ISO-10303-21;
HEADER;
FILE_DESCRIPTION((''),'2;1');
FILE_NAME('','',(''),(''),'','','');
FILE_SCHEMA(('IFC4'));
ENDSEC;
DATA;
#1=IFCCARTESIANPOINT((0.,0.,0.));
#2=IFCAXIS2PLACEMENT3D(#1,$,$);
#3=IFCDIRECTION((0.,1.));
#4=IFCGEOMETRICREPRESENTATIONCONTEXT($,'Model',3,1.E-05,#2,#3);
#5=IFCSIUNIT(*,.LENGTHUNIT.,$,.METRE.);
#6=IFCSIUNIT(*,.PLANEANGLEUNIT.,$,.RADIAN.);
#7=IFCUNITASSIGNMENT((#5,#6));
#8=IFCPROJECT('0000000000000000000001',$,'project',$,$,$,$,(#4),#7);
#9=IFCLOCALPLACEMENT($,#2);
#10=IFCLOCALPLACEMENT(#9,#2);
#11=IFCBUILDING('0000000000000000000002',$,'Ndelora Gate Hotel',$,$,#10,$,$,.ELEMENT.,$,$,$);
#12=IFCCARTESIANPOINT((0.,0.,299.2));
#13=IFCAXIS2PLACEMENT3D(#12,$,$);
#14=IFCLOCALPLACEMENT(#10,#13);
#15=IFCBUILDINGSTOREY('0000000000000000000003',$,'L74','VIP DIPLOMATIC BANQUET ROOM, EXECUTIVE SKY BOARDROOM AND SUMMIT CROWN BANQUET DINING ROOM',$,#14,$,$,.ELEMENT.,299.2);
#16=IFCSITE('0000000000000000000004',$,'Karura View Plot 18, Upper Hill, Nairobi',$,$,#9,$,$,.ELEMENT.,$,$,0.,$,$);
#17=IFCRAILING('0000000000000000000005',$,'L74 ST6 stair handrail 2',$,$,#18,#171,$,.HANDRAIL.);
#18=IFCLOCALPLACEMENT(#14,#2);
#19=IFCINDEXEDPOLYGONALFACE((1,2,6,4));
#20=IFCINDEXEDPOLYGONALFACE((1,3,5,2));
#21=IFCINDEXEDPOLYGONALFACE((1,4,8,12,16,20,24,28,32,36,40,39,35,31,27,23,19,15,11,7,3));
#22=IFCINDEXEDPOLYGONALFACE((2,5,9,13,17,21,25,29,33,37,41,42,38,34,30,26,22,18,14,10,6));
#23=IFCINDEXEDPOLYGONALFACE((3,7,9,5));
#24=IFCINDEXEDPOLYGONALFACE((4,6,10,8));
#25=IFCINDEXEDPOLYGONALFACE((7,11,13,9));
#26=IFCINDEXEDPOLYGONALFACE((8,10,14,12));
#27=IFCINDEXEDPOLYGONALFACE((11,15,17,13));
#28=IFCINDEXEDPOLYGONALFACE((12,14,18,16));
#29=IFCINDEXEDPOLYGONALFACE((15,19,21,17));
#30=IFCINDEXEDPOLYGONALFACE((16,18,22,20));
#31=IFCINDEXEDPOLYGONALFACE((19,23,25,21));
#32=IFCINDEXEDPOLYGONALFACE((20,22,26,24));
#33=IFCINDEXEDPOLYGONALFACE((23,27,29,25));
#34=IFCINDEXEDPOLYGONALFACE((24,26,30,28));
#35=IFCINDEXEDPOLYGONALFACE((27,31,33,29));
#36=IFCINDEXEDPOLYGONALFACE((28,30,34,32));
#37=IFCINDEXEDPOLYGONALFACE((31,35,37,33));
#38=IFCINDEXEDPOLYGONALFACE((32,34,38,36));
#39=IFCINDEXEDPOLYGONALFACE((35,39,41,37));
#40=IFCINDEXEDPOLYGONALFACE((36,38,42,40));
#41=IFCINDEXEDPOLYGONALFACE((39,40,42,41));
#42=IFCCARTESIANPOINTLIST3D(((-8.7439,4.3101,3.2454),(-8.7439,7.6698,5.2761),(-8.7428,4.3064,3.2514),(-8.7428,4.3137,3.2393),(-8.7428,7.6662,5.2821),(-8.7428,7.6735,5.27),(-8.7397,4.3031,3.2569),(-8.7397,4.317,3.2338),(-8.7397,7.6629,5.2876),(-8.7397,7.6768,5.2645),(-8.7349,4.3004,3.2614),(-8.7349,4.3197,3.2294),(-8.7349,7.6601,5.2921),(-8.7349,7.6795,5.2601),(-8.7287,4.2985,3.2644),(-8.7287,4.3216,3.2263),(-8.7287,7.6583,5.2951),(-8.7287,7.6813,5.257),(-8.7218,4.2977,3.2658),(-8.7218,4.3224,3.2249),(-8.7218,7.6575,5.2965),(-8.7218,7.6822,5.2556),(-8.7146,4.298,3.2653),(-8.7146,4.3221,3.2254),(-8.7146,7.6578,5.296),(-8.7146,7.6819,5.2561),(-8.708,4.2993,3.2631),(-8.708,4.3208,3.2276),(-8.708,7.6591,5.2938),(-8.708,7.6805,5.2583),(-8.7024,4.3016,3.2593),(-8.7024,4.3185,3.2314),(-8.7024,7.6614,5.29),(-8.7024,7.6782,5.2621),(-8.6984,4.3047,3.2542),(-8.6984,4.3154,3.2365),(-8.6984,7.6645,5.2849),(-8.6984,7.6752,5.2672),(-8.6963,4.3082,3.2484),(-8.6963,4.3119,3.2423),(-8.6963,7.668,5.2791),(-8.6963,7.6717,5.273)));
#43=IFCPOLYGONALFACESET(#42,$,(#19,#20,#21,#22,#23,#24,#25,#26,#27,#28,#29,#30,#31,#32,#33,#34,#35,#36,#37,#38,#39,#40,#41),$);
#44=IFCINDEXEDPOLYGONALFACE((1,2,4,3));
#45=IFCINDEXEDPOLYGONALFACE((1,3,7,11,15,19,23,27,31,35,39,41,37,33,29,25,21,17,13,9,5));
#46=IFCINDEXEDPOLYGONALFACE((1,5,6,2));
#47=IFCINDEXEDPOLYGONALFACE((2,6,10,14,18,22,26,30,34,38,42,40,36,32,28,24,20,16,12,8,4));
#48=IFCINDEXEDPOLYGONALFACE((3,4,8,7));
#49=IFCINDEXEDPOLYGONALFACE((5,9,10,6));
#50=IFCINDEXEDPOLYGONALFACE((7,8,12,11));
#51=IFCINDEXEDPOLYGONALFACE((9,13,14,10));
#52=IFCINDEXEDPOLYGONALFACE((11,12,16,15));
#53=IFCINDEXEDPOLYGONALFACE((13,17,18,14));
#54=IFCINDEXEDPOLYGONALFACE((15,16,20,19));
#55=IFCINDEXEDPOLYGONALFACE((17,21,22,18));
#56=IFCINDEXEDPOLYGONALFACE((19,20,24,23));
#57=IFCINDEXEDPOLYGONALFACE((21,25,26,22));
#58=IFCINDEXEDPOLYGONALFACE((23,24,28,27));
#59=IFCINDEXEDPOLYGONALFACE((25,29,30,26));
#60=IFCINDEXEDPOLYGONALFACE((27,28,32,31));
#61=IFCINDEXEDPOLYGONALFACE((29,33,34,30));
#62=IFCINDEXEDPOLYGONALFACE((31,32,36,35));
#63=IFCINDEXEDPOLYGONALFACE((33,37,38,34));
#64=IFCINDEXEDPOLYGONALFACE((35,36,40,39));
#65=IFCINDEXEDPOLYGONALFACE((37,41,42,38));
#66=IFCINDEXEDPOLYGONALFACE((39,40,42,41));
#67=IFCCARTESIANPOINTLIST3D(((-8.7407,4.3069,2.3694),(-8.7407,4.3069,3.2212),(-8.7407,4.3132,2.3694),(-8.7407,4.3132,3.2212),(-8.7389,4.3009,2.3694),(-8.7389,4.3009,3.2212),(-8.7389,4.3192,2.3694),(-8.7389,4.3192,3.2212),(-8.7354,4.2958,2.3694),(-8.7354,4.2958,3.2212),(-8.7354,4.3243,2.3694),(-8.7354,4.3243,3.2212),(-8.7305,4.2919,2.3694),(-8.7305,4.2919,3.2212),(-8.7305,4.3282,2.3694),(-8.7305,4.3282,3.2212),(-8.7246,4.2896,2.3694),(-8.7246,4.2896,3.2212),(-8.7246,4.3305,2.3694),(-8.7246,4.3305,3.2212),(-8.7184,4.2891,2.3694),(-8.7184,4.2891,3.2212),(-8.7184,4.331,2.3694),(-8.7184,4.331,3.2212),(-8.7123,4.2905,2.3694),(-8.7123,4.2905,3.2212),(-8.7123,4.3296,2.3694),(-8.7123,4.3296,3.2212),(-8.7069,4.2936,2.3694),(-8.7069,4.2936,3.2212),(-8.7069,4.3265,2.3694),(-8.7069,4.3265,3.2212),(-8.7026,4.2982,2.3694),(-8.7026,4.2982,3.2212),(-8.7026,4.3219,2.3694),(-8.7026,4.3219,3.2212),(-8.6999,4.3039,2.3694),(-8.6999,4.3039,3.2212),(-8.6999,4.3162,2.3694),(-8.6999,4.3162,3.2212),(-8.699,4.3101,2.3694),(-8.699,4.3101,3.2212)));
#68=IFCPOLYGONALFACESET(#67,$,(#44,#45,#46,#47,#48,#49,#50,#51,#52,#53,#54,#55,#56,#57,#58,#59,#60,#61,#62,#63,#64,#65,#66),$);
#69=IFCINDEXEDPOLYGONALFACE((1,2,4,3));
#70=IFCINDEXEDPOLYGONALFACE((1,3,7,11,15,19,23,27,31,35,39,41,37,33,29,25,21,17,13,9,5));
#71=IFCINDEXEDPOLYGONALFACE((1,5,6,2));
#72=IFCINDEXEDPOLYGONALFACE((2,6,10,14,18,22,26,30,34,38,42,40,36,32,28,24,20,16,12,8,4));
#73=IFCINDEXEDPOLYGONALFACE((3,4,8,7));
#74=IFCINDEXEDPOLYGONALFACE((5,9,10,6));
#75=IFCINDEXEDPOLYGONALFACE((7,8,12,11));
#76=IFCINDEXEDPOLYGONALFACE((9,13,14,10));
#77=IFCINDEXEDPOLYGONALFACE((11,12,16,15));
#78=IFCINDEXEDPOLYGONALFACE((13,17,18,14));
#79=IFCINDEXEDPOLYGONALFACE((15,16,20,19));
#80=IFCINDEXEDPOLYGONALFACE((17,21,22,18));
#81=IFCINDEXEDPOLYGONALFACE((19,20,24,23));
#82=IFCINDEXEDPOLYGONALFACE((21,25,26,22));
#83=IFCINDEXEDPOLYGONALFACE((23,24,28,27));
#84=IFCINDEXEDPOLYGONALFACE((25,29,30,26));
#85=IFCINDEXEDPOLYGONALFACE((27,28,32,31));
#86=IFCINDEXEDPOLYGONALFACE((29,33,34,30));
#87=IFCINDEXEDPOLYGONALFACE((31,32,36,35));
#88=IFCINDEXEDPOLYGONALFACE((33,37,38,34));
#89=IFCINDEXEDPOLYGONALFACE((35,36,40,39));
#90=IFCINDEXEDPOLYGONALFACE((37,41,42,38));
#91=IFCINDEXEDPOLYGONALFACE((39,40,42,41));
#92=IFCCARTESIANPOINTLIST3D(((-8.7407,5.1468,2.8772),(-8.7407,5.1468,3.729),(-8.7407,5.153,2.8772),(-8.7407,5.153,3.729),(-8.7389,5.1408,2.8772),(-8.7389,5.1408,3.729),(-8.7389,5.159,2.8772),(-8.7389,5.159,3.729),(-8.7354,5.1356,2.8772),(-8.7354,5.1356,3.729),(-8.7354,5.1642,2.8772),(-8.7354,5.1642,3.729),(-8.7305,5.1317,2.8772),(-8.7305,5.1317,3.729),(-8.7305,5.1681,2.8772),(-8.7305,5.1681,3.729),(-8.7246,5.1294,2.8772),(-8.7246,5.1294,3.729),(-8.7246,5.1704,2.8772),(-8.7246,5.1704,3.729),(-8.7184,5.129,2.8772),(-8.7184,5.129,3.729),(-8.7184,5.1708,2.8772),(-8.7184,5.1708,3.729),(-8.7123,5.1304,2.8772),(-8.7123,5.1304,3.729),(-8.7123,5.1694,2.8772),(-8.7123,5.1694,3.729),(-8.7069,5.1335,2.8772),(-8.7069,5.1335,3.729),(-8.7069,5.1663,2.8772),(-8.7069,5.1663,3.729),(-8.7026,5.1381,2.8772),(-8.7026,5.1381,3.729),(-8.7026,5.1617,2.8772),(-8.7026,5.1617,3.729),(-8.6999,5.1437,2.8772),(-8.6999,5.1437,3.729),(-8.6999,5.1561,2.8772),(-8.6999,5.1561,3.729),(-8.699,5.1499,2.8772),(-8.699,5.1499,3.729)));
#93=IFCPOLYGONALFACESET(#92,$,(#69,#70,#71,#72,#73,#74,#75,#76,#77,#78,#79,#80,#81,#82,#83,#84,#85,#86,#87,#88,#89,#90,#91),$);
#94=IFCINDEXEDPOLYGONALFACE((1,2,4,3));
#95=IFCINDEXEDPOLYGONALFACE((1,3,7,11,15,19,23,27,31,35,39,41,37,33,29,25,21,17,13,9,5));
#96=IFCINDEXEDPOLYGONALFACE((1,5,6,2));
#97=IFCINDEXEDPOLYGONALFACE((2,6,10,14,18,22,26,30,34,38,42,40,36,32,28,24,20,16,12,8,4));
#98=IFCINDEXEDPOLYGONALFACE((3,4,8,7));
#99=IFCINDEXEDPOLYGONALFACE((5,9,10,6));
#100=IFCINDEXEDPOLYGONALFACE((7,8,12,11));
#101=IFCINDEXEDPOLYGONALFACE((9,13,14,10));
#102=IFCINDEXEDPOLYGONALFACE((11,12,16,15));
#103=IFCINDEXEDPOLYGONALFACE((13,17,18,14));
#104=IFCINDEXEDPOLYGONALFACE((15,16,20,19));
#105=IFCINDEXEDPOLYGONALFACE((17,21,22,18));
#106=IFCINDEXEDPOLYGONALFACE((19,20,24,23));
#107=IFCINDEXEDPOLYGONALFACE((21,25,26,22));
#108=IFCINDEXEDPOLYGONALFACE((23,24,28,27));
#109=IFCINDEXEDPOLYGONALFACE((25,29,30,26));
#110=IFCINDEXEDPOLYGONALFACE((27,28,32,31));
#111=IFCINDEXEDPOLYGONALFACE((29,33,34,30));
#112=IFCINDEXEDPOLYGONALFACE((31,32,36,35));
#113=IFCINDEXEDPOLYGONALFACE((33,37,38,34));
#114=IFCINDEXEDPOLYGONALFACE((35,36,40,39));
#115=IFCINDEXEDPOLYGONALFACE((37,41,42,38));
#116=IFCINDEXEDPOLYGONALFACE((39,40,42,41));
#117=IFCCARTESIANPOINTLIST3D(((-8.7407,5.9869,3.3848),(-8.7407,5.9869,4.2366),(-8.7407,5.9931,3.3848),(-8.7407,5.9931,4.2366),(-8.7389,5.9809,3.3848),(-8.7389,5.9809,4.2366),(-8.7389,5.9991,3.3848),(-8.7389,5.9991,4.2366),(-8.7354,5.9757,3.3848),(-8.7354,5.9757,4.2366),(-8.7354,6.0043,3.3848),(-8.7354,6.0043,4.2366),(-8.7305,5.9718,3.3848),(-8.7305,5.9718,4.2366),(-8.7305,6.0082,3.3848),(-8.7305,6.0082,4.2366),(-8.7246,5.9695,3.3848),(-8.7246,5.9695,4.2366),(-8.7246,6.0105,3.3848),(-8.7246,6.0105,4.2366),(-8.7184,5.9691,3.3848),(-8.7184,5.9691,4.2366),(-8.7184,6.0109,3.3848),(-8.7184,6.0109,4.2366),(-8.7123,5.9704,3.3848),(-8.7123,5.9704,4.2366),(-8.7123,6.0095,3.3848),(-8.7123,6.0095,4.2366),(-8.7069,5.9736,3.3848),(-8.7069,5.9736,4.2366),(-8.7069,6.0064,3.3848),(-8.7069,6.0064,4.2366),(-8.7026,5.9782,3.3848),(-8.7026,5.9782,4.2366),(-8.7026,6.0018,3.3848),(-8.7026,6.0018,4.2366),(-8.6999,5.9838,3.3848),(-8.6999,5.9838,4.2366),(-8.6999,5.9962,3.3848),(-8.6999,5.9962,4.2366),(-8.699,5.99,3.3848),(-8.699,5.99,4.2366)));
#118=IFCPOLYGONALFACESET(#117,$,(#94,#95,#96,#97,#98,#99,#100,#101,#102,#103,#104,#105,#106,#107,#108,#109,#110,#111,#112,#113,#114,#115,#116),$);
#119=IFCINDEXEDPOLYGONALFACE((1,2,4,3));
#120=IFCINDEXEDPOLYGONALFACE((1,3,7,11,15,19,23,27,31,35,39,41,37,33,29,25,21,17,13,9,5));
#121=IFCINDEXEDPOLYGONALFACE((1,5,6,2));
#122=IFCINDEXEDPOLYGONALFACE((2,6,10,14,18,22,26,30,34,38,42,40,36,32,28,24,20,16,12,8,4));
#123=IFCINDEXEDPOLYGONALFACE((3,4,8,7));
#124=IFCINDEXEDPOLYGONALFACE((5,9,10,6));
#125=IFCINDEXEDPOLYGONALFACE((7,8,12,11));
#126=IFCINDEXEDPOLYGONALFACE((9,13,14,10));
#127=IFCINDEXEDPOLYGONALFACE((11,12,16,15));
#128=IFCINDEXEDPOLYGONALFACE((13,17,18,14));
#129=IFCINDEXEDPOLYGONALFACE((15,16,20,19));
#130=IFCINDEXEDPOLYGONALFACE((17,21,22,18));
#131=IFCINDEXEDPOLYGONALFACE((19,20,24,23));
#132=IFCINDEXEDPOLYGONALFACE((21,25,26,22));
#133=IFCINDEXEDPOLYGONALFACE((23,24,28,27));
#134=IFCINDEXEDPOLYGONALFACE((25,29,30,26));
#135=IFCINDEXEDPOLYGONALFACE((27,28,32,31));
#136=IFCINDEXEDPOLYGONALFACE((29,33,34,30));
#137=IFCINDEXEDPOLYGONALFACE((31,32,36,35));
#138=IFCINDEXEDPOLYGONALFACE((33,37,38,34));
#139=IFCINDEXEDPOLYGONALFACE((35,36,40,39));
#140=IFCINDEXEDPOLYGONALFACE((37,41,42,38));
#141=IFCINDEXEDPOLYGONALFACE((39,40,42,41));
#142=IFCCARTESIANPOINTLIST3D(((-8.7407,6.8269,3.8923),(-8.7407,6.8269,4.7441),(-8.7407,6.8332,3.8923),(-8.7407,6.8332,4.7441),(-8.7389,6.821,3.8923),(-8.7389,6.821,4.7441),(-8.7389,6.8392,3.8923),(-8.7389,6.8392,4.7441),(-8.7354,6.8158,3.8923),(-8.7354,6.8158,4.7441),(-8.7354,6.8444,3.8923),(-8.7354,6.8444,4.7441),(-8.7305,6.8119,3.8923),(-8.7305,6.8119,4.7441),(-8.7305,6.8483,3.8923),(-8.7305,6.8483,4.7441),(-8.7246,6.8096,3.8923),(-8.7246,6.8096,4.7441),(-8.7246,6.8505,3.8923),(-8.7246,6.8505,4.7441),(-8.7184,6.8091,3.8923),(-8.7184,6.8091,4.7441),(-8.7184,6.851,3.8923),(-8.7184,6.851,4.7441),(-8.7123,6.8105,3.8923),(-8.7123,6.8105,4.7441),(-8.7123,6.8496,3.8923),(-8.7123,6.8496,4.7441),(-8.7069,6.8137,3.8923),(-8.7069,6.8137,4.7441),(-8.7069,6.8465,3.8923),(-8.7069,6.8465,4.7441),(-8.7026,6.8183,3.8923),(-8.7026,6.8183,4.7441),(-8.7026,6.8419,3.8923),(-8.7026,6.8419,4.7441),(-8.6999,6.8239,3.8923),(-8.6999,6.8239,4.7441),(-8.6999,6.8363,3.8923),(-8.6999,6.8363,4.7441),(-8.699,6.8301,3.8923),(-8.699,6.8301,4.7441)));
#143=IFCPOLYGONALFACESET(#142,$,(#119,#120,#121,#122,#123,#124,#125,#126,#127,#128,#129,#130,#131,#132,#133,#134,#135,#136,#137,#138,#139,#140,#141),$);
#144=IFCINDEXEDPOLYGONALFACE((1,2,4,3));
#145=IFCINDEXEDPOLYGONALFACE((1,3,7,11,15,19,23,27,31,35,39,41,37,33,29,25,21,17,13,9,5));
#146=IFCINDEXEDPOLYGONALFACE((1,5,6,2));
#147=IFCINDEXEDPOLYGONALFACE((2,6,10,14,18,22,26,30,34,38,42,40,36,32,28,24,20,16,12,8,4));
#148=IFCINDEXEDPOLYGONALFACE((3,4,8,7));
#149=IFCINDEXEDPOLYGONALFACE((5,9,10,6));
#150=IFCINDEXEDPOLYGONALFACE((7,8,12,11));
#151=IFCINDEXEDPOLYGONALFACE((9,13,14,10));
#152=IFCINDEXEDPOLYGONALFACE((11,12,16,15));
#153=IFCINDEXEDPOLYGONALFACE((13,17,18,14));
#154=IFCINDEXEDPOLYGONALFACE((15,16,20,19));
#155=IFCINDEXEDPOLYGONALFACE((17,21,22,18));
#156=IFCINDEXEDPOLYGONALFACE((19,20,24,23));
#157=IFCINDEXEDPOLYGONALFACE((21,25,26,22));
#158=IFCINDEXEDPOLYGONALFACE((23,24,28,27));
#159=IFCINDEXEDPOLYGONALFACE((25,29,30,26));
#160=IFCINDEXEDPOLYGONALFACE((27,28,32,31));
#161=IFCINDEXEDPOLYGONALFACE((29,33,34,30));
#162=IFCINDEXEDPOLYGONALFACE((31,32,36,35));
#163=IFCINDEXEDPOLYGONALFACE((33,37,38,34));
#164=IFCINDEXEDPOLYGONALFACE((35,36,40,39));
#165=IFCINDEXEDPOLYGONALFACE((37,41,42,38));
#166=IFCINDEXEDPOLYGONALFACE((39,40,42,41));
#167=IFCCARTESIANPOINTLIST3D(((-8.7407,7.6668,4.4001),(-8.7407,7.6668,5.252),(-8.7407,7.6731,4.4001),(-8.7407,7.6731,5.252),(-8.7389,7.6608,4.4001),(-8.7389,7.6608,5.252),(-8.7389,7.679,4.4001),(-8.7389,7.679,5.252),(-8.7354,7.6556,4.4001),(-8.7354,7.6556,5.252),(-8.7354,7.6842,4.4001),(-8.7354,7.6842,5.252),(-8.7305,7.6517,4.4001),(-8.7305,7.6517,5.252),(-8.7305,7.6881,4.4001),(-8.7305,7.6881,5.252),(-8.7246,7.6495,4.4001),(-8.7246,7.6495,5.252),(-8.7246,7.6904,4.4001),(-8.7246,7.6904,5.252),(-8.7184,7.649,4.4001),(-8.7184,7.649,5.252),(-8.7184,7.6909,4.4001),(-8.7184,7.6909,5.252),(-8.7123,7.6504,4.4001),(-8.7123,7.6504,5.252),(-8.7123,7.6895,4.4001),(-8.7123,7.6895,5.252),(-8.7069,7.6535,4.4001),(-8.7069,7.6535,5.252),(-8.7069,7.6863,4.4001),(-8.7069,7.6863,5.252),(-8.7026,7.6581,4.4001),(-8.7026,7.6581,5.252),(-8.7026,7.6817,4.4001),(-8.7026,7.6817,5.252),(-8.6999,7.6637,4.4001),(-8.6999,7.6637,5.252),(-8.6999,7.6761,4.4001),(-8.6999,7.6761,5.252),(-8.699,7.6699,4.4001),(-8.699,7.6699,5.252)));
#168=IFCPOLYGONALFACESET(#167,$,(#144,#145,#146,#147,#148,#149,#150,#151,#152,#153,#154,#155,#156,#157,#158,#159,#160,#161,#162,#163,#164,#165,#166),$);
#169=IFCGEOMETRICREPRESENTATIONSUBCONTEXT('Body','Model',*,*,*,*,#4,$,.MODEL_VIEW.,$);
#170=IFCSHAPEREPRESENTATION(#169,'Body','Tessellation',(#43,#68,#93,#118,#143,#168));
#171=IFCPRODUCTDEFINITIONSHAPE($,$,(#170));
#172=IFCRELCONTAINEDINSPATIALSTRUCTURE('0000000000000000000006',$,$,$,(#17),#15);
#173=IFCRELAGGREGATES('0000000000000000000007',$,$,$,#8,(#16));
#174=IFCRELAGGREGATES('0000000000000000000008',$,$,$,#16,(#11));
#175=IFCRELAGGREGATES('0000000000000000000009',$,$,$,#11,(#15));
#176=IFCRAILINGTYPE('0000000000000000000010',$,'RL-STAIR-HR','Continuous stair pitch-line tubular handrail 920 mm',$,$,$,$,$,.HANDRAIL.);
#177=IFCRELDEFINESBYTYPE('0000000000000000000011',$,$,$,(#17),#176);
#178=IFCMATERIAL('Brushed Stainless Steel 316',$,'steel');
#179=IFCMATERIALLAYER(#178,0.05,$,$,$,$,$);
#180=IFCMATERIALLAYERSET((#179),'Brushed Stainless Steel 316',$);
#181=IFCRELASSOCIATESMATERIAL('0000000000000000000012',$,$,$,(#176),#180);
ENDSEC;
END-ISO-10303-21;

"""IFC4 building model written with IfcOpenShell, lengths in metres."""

from ifc_helpers import new_model, si_unit, direction, frame, origin, origin_2d, place, context, subcontext, project, spatial, circle, extrude, material, layer, layer_set, type_object, element, save


model = new_model("IFC4")

# Units and contexts
model_context = context("Model", 3, precision=1e-05, world=origin(), true_north=direction((0.0, 1.0)))
body_context = subcontext(model_context, "Body", "Model", "MODEL_VIEW")
ifc_project = project(units=[si_unit("LENGTHUNIT", "METRE"), si_unit("PLANEANGLEUNIT", "RADIAN")], contexts=[model_context])

# Site, building, storey
site_placement = place(None, origin())
site = spatial("IfcSite", under=ifc_project, at=site_placement, Name="Karura View Plot 18, Upper Hill, Nairobi", CompositionType="ELEMENT", RefElevation=0.0)
building_placement = place(site_placement, origin())
building = spatial("IfcBuilding", under=site, at=building_placement, Name="Ndelora Gate Hotel", CompositionType="ELEMENT")
storey_placement = place(building_placement, frame((0.0, 0.0, 299.2)))
storey = spatial("IfcBuildingStorey", under=building, at=storey_placement, Name="L74", Description="VIP DIPLOMATIC BANQUET ROOM, EXECUTIVE SKY BOARDROOM AND SUMMIT CROWN BANQUET DINING ROOM", CompositionType="ELEMENT", Elevation=299.2)

# Railing
ifc_material_1 = material(Name="Brushed Stainless Steel 316", Category="steel")
ifc_layer_1 = layer(ifc_material_1, 0.05)
ifc_layer_set_1 = layer_set([ifc_layer_1], Name="Brushed Stainless Steel 316")
railing_type_1 = type_object("IfcRailingType", Name="RL-STAIR-HR", Description="Continuous stair pitch-line tubular handrail 920 mm", PredefinedType="HANDRAIL", material=ifc_layer_set_1)
railing_1_placement = place(storey_placement, frame((-8.72, 4.3101, 2.3694)))
element("IfcRailing", 1, at=railing_1_placement, inside=storey, type_object=railing_type_1, Name="L74 ST6 stair handrail 2", PredefinedType="HANDRAIL", context=body_context, shape_type="SweptSolid", body=[
    extrude(circle(Radius=0.0239, at=origin_2d()), frame((0.0, 0.0, 0.876), z_axis=(0.0, 0.85582, 0.517273), x_axis=(-1.0, 0.0, 0.0)), (0.0, 0.0, 1.0), 3.9258),
    extrude(circle(Radius=0.021, at=origin_2d()), origin(), (0.0, 0.0, 1.0), 0.8518),
    extrude(circle(Radius=0.021, at=origin_2d()), frame((0.0, 0.8398, 0.5078)), (0.0, 0.0, 1.0), 0.8518),
    extrude(circle(Radius=0.021, at=origin_2d()), frame((0.0, 1.6799, 1.0154)), (0.0, 0.0, 1.0), 0.8518),
    extrude(circle(Radius=0.021, at=origin_2d()), frame((0.0, 2.52, 1.5229)), (0.0, 0.0, 1.0), 0.8518),
    extrude(circle(Radius=0.021, at=origin_2d()), frame((0.0, 3.3599, 2.0308)), (0.0, 0.0, 1.0), 0.8518),
])

save(model, "model.ifc")
